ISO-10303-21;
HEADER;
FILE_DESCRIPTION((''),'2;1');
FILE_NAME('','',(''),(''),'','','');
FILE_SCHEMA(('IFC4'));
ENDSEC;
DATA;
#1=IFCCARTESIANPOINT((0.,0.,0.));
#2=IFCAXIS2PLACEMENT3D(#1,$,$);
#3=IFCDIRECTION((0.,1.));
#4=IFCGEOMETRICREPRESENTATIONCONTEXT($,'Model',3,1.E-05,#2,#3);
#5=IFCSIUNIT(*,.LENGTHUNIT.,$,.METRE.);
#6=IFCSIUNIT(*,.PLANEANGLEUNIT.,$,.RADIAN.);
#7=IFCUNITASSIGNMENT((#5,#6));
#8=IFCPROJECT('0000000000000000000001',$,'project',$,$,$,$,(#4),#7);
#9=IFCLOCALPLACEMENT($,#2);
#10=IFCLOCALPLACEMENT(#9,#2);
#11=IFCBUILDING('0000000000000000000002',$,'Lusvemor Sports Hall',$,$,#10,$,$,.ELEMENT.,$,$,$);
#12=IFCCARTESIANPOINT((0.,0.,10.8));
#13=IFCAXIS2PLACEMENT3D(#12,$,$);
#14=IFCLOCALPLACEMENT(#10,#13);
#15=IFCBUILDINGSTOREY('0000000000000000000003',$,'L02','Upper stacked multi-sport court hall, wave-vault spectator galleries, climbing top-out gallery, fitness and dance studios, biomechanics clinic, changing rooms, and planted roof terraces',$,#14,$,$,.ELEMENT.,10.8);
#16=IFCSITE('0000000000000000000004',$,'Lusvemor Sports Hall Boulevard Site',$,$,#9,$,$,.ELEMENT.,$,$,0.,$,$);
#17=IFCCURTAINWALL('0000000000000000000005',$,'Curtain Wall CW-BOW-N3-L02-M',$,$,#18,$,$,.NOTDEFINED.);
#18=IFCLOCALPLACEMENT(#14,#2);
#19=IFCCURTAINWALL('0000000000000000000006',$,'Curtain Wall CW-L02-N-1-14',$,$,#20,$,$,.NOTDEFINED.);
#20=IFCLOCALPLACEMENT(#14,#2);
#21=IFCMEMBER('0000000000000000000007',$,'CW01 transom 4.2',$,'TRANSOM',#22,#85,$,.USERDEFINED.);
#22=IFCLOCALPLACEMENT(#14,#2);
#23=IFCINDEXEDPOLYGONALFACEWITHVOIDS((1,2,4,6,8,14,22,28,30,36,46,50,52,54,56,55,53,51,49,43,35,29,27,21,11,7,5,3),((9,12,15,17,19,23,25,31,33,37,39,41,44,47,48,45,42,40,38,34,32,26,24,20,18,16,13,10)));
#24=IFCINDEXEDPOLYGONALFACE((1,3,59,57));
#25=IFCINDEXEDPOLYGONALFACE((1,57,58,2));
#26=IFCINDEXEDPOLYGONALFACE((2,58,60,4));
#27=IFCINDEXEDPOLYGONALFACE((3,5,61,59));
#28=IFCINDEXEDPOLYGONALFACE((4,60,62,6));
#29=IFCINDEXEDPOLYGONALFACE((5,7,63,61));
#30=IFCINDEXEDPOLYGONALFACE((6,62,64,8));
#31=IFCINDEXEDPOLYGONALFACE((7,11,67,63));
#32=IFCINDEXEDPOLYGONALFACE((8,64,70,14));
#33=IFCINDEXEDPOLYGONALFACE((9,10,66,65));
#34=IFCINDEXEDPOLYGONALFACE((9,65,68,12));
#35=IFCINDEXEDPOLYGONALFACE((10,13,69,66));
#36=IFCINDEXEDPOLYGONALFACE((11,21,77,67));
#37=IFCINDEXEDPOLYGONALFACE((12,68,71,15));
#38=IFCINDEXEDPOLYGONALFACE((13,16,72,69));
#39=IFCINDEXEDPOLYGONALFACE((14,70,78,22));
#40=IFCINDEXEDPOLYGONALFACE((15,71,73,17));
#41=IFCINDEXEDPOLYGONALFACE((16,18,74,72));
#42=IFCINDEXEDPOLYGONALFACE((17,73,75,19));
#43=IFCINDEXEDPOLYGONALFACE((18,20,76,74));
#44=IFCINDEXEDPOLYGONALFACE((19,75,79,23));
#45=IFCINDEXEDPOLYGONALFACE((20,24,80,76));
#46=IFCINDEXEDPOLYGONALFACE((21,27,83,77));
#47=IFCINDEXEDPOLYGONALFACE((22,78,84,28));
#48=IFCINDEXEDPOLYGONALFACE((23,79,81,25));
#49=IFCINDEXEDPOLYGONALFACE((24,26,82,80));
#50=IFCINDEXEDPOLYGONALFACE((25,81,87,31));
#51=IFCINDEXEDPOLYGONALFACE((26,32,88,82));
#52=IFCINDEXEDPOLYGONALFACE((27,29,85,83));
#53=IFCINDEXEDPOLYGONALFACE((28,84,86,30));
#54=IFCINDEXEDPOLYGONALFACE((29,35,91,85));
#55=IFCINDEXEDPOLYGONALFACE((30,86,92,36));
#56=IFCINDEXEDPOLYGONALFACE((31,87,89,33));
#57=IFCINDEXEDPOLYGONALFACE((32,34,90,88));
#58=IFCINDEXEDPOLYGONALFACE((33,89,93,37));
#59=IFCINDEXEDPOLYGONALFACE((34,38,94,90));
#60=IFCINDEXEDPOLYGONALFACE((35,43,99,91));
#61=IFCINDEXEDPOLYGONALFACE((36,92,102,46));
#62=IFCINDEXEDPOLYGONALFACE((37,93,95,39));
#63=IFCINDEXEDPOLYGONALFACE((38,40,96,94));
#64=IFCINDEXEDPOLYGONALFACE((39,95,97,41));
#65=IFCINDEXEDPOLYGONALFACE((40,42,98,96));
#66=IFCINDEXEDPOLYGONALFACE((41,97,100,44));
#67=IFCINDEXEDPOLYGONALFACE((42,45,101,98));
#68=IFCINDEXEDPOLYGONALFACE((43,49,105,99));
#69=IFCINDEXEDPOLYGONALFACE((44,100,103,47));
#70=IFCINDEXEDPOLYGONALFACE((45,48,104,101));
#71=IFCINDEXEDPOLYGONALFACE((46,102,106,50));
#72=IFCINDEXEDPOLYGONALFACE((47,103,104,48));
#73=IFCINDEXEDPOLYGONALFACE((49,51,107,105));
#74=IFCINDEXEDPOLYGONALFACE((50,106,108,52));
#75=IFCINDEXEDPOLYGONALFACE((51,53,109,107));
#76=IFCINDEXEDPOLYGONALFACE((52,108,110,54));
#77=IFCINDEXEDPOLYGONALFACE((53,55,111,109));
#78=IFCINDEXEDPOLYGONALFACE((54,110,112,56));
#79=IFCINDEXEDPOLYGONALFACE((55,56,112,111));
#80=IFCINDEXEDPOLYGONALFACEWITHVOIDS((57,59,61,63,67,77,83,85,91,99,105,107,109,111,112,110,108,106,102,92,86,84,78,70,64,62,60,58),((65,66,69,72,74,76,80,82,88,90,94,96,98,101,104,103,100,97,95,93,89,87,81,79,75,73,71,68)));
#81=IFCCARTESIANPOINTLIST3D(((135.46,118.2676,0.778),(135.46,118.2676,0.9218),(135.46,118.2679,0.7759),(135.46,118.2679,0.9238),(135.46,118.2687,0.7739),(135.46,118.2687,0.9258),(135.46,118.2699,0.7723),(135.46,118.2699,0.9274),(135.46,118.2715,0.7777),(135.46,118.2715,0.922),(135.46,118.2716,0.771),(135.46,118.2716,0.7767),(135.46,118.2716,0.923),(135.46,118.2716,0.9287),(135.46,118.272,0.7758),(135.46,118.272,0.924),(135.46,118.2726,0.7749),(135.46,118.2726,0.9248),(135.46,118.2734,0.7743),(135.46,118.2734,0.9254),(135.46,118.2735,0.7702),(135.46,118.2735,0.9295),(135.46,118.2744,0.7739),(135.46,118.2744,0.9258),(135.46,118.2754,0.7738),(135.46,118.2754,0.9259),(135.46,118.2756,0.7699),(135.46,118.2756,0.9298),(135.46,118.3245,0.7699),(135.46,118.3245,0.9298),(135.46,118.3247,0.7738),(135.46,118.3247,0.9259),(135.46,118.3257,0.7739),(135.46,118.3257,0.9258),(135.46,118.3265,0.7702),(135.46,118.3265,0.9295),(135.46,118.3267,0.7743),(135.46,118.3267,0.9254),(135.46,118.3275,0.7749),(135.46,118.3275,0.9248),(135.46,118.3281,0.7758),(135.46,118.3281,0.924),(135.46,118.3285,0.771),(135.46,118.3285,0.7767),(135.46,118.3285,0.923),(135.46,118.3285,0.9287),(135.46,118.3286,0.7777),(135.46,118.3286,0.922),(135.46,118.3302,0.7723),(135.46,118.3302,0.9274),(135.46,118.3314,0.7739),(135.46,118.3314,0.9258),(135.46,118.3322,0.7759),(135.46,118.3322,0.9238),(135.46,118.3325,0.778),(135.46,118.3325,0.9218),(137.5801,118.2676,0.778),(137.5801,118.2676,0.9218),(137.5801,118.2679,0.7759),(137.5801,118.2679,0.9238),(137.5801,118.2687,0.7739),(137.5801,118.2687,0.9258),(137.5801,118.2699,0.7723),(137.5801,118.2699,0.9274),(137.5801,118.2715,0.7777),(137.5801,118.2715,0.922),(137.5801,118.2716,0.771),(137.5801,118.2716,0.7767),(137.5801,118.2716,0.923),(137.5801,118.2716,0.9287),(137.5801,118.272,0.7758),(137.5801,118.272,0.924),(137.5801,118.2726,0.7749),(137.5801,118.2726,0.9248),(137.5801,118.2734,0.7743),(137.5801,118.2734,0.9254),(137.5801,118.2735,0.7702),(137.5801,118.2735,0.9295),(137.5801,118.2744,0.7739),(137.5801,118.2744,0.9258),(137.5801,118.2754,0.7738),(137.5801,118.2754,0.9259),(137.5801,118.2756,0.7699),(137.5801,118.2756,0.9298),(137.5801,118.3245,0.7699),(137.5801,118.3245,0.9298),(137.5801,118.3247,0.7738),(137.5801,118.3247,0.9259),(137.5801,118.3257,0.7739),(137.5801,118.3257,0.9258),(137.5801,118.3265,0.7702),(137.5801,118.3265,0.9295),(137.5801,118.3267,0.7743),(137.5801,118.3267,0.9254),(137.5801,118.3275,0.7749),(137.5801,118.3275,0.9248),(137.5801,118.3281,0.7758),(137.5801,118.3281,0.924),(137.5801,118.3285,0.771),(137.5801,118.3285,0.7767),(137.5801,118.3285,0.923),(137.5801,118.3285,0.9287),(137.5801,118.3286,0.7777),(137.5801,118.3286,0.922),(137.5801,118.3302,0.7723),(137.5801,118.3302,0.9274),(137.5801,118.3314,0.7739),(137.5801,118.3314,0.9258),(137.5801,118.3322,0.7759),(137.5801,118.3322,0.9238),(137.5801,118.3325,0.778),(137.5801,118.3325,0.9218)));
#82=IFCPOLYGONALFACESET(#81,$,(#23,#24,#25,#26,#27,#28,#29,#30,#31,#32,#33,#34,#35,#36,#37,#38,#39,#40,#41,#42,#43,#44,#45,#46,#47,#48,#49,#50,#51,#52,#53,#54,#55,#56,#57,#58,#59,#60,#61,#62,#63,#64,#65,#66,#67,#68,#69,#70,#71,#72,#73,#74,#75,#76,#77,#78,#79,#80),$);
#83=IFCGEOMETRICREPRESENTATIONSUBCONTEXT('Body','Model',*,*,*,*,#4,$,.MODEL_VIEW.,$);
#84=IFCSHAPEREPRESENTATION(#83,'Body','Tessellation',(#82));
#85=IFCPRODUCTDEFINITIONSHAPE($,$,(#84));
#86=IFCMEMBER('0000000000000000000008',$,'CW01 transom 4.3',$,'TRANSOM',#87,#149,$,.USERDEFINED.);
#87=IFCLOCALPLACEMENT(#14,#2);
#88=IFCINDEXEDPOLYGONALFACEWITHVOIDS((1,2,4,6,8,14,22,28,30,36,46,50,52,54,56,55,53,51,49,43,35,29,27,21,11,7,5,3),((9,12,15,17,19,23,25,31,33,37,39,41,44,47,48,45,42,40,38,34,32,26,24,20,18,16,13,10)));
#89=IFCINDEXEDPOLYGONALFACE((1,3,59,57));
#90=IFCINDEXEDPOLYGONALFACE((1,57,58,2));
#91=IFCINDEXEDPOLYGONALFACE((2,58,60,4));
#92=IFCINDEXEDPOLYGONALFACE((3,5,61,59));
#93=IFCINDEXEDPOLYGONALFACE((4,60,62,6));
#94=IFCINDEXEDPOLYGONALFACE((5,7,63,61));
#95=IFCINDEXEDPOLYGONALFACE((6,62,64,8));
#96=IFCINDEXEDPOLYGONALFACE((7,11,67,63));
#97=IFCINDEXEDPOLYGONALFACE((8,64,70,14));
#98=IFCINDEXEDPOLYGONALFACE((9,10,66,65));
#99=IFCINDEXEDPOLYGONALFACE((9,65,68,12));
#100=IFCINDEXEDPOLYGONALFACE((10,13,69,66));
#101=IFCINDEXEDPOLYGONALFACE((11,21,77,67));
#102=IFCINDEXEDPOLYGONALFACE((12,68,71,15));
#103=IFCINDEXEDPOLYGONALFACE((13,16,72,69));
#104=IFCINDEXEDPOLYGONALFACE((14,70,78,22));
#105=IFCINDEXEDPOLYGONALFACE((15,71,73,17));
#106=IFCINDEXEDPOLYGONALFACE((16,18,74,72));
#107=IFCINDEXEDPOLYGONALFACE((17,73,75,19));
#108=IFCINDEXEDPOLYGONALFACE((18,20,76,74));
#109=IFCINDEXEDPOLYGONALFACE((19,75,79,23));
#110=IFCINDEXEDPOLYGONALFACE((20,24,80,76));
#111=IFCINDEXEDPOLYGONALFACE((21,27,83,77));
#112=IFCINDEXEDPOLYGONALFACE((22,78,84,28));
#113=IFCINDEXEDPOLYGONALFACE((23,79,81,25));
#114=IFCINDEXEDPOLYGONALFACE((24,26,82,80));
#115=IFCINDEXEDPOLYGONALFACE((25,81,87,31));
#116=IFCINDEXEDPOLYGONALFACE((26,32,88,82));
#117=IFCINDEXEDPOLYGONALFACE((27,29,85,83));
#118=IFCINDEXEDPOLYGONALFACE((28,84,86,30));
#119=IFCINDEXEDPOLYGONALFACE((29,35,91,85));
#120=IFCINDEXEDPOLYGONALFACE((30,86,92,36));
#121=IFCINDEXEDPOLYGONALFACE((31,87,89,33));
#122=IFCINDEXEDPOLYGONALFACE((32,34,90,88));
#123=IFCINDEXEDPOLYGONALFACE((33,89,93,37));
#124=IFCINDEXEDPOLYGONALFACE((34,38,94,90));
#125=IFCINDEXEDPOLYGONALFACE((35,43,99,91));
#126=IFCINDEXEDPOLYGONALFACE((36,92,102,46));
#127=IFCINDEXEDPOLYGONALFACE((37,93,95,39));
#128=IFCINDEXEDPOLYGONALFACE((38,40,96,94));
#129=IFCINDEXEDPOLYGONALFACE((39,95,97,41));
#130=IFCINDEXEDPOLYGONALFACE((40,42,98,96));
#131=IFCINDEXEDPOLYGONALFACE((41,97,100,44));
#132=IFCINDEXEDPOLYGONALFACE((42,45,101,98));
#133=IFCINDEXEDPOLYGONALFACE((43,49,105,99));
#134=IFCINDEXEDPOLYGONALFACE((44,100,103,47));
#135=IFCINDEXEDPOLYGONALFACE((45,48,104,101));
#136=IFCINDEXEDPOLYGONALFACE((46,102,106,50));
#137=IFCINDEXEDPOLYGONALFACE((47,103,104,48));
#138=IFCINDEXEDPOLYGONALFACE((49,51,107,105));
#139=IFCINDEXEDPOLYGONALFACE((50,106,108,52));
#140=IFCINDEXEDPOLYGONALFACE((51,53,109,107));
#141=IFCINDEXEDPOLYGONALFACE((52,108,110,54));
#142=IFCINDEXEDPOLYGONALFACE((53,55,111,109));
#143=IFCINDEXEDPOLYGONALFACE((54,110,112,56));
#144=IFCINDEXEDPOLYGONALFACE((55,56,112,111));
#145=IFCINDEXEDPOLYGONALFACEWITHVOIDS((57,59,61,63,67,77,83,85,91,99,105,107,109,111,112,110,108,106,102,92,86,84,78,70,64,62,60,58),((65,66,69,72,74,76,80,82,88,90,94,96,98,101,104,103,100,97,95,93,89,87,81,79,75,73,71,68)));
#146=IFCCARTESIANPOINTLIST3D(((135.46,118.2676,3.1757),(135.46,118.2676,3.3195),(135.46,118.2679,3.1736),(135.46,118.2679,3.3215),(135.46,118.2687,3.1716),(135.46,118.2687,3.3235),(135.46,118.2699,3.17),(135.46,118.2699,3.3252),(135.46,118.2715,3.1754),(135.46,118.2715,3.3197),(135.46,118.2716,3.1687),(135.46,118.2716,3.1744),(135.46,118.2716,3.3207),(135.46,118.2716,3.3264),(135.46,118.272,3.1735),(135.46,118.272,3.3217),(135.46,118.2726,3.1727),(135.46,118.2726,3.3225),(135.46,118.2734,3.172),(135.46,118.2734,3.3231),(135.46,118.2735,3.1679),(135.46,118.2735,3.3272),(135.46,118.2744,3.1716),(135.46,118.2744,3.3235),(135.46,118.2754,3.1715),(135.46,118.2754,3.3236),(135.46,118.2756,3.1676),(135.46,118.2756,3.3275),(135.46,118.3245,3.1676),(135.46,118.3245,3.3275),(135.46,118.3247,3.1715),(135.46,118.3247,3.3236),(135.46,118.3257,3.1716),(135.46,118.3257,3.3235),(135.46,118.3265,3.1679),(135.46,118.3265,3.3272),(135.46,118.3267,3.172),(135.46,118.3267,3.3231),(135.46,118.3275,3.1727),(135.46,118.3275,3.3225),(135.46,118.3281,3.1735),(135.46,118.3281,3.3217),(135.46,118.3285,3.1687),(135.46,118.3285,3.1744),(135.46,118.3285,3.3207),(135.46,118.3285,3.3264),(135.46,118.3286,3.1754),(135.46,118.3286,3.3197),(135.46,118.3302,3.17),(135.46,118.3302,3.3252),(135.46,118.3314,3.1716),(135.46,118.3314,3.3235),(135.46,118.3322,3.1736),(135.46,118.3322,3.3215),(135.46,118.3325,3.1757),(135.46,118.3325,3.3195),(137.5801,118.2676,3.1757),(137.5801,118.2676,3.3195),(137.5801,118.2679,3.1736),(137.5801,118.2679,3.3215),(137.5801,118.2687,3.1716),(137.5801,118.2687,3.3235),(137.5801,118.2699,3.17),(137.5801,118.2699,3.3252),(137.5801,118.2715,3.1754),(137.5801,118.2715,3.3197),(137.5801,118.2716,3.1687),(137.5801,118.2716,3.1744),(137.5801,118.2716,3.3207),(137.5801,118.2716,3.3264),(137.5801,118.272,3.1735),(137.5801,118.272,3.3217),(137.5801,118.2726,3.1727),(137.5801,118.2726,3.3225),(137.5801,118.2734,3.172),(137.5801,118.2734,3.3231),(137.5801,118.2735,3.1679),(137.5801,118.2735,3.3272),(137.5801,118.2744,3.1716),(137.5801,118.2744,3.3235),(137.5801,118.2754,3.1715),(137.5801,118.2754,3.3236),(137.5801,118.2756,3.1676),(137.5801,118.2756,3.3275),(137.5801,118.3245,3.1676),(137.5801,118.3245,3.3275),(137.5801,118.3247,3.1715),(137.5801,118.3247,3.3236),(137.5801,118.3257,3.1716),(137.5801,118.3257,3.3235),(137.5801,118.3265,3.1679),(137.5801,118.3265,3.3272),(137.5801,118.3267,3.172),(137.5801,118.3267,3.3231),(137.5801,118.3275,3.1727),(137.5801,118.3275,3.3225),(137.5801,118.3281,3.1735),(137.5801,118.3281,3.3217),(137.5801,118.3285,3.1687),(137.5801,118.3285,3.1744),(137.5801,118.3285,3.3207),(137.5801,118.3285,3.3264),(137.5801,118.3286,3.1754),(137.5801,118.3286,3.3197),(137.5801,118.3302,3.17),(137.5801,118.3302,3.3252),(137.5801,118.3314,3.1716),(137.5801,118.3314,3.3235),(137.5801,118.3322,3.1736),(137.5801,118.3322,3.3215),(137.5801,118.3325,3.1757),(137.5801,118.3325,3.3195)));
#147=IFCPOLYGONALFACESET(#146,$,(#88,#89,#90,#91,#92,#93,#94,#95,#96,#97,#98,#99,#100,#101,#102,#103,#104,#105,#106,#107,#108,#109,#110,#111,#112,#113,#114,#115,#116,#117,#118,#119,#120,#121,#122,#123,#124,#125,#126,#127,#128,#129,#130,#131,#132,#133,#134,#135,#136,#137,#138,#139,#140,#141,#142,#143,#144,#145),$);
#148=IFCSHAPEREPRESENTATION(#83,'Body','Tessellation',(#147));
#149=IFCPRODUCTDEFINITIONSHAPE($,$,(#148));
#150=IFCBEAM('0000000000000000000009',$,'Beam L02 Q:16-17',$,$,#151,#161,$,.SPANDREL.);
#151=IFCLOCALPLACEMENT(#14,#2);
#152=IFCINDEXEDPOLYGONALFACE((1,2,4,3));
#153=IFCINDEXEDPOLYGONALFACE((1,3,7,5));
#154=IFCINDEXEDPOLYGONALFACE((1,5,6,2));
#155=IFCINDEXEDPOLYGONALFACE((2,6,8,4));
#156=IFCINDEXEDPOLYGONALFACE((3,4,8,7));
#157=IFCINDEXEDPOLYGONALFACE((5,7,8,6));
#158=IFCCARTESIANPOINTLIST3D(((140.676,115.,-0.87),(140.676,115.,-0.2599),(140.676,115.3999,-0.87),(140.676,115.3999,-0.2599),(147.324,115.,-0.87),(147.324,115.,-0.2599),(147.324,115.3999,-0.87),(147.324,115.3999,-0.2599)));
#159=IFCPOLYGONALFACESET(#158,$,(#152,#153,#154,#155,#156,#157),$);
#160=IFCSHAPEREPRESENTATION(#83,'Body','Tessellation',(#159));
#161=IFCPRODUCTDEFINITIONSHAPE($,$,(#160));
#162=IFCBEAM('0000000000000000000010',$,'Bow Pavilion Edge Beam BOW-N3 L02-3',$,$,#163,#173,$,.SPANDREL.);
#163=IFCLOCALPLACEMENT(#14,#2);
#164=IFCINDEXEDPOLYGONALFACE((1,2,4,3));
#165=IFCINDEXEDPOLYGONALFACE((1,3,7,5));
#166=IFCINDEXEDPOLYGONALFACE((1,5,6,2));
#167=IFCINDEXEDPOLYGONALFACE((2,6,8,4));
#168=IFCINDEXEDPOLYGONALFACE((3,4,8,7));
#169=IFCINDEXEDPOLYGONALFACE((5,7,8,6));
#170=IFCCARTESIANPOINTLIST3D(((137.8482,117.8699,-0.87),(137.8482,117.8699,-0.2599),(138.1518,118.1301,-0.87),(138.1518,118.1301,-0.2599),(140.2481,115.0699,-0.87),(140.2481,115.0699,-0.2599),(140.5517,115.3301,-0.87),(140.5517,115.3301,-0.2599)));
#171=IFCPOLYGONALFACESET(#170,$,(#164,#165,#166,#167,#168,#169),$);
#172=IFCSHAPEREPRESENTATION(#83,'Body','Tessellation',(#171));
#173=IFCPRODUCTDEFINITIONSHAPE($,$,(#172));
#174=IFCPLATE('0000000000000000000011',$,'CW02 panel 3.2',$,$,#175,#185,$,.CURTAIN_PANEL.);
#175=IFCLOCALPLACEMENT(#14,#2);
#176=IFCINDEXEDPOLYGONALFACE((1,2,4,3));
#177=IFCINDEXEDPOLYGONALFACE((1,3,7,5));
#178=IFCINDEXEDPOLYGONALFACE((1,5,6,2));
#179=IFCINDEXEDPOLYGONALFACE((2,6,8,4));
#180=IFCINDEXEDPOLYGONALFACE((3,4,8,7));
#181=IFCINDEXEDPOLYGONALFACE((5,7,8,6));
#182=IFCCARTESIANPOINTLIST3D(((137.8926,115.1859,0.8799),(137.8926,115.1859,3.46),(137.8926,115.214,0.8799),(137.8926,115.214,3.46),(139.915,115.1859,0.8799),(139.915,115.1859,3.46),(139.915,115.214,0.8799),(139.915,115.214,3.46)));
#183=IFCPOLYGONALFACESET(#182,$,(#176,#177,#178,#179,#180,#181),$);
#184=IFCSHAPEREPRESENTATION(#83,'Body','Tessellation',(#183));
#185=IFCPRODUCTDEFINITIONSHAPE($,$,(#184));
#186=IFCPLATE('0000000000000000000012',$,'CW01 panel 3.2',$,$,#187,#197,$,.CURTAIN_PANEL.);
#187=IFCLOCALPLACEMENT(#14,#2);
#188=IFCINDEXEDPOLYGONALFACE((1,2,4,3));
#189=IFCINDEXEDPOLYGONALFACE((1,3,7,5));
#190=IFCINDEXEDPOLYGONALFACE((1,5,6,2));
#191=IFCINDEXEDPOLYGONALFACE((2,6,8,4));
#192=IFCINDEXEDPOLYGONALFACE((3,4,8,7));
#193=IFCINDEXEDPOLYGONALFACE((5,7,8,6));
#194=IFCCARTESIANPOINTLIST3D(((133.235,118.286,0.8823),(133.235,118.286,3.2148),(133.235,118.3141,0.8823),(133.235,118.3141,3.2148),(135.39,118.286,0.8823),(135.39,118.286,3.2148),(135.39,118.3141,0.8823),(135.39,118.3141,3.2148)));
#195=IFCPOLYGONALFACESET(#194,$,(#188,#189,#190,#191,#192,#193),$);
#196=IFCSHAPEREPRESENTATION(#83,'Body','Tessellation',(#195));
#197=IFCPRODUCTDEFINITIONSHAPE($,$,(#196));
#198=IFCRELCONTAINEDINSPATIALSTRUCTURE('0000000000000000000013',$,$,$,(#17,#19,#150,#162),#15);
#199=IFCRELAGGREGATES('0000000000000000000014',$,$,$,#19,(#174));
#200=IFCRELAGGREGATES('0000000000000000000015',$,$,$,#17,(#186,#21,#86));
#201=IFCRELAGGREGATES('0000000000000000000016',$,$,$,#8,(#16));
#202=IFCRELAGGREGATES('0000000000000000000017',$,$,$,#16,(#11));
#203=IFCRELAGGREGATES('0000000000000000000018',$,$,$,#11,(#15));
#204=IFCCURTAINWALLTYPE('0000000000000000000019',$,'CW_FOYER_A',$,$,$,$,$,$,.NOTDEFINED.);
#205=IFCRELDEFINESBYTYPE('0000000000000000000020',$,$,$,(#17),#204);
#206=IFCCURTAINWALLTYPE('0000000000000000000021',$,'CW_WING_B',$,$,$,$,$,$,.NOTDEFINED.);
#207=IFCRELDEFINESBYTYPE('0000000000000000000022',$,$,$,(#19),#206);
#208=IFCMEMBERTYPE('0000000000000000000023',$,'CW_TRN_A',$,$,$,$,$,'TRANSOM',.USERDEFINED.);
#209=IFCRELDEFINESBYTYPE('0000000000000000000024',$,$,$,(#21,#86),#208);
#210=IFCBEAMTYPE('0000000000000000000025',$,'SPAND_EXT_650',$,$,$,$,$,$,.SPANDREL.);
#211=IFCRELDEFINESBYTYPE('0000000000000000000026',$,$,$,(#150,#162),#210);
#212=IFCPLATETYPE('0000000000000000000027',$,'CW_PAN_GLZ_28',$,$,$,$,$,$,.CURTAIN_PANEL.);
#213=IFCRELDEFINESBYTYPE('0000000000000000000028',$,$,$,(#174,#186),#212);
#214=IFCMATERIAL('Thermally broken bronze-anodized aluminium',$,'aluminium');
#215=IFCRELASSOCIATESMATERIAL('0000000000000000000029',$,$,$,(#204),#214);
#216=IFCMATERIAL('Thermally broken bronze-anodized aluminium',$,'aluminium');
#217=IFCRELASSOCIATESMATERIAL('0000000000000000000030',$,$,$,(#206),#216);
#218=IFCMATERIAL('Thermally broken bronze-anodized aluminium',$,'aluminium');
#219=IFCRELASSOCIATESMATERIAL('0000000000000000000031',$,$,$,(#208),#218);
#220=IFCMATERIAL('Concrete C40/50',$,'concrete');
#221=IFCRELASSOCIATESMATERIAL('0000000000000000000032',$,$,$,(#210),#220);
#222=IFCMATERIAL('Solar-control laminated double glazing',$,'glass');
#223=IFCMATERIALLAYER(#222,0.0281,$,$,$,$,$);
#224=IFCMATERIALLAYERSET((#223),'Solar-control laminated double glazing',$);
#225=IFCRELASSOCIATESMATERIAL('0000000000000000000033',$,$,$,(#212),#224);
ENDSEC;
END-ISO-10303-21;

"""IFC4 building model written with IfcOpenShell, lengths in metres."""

from ifc_helpers import new_model, si_unit, direction, frame, origin, origin_2d, place, context, subcontext, project, spatial, rectangle, hollow_rectangle, extrude, material, layer, layer_set, material_profile, profile_set, type_object, element, aggregate, save


model = new_model("IFC4")

# Units and contexts
model_context = context("Model", 3, precision=1e-05, world=origin(), true_north=direction((0.0, 1.0)))
body_context = subcontext(model_context, "Body", "Model", "MODEL_VIEW")
ifc_project = project(units=[si_unit("LENGTHUNIT", "METRE"), si_unit("PLANEANGLEUNIT", "RADIAN")], contexts=[model_context])

# Site, building, storey
site_placement = place(None, origin())
site = spatial("IfcSite", under=ifc_project, at=site_placement, Name="Lusvemor Sports Hall Boulevard Site", CompositionType="ELEMENT", RefElevation=0.0)
building_placement = place(site_placement, origin())
building = spatial("IfcBuilding", under=site, at=building_placement, Name="Lusvemor Sports Hall", CompositionType="ELEMENT")
storey_placement = place(building_placement, frame((0.0, 0.0, 10.8)))
storey = spatial("IfcBuildingStorey", under=building, at=storey_placement, Name="L02", Description="Upper stacked multi-sport court hall, wave-vault spectator galleries, climbing top-out gallery, fitness and dance studios, biomechanics clinic, changing rooms, and planted roof terraces", CompositionType="ELEMENT", Elevation=10.8)

# Curtain wall
ifc_material_1 = material(Name="Thermally broken bronze-anodized aluminium", Category="aluminium")
curtain_wall_type_1 = type_object("IfcCurtainWallType", Name="CW_FOYER_A", PredefinedType="NOTDEFINED", material=ifc_material_1)
curtain_wall_1_placement = place(storey_placement, origin())
curtain_wall_1 = element("IfcCurtainWall", 1, at=curtain_wall_1_placement, inside=storey, type_object=curtain_wall_type_1, Name="Curtain Wall CW-BOW-N3-L02-M", PredefinedType="NOTDEFINED")

# Curtain wall
ifc_material_2 = material(Name="Thermally broken bronze-anodized aluminium", Category="aluminium")
curtain_wall_type_2 = type_object("IfcCurtainWallType", Name="CW_WING_B", PredefinedType="NOTDEFINED", material=ifc_material_2)
curtain_wall_2_placement = place(storey_placement, origin())
curtain_wall_2 = element("IfcCurtainWall", 2, at=curtain_wall_2_placement, inside=storey, type_object=curtain_wall_type_2, Name="Curtain Wall CW-L02-N-1-14", PredefinedType="NOTDEFINED")

# Members
ifc_material_3 = material(Name="Thermally broken bronze-anodized aluminium", Category="aluminium")
ifc_material_profile_1 = material_profile(ifc_material_3, hollow_rectangle(XDim=0.0649, YDim=0.1599, WallThickness=0.0039, InnerFilletRadius=0.0039, OuterFilletRadius=0.0081, at=origin_2d()), Name="CWTRN160x65x4")
ifc_profile_set_1 = profile_set([ifc_material_profile_1], Name="Thermally broken bronze-anodized aluminium")
member_type_1 = type_object("IfcMemberType", Name="CW_TRN_A", ElementType="TRANSOM", PredefinedType="USERDEFINED", material=ifc_profile_set_1)
member_1_placement = place(storey_placement, frame((135.46, 118.3, 0.8499), z_axis=(1.0, 0.0, 0.0), x_axis=(0.0, 1.0, 0.0)))
member_1 = element("IfcMember", 3, at=member_1_placement, type_object=member_type_1, Name="CW01 transom 4.2", ObjectType="TRANSOM", PredefinedType="USERDEFINED", context=body_context, shape_type="SweptSolid", body=[
    extrude(hollow_rectangle(XDim=0.0649, YDim=0.1599, WallThickness=0.0039, InnerFilletRadius=0.0039, OuterFilletRadius=0.0081, at=origin_2d()), origin(), (0.0, 0.0, 1.0), 2.1201),
])
member_2_placement = place(storey_placement, frame((135.46, 118.3, 3.2476), z_axis=(1.0, 0.0, 0.0), x_axis=(0.0, 1.0, 0.0)))
member_2 = element("IfcMember", 4, at=member_2_placement, type_object=member_type_1, Name="CW01 transom 4.3", ObjectType="TRANSOM", PredefinedType="USERDEFINED", context=body_context, shape_type="SweptSolid", body=[
    extrude(hollow_rectangle(XDim=0.0649, YDim=0.1599, WallThickness=0.0039, InnerFilletRadius=0.0039, OuterFilletRadius=0.0081, at=origin_2d()), origin(), (0.0, 0.0, 1.0), 2.1201),
])

# Beams
ifc_material_4 = material(Name="Concrete C40/50", Category="concrete")
ifc_material_profile_2 = material_profile(ifc_material_4, rectangle(XDim=0.3999, YDim=0.6101, at=origin_2d()), Name="RC400x610")
ifc_profile_set_2 = profile_set([ifc_material_profile_2], Name="Concrete C40/50")
beam_type = type_object("IfcBeamType", Name="SPAND_EXT_650", PredefinedType="SPANDREL", material=ifc_profile_set_2)
beam_1_placement = place(storey_placement, frame((140.676, 115.2, -0.5649), z_axis=(1.0, 0.0, 0.0), x_axis=(0.0, 1.0, 0.0)))
element("IfcBeam", 5, at=beam_1_placement, inside=storey, type_object=beam_type, Name="Beam L02 Q:16-17", PredefinedType="SPANDREL", context=body_context, shape_type="SweptSolid", body=[
    extrude(rectangle(XDim=0.3999, YDim=0.6101, at=origin_2d()), origin(), (0.0, 0.0, 1.0), 6.6479),
])
beam_2_placement = place(storey_placement, frame((138.0, 118.0, -0.5649), z_axis=(0.65077, -0.759275, 0.0), x_axis=(0.759275, 0.65077, 0.0)))
element("IfcBeam", 6, at=beam_2_placement, inside=storey, type_object=beam_type, Name="Bow Pavilion Edge Beam BOW-N3 L02-3", PredefinedType="SPANDREL", context=body_context, shape_type="SweptSolid", body=[
    extrude(rectangle(XDim=0.3999, YDim=0.6101, at=origin_2d()), origin(), (0.0, 0.0, 1.0), 3.6877),
])

# Plates
ifc_material_5 = material(Name="Solar-control laminated double glazing", Category="glass")
ifc_layer_1 = layer(ifc_material_5, 0.0281)
ifc_layer_set_1 = layer_set([ifc_layer_1], Name="Solar-control laminated double glazing")
plate_type_1 = type_object("IfcPlateType", Name="CW_PAN_GLZ_28", PredefinedType="CURTAIN_PANEL", material=ifc_layer_set_1)
plate_1_placement = place(storey_placement, frame((138.9038, 115.2, 0.8799), z_axis=(0.0, 0.0, 1.0), x_axis=(1.0, 0.0, 0.0)))
plate_1 = element("IfcPlate", 7, at=plate_1_placement, type_object=plate_type_1, Name="CW02 panel 3.2", PredefinedType="CURTAIN_PANEL", context=body_context, shape_type="SweptSolid", body=[
    extrude(rectangle(XDim=2.0225, YDim=0.0281, at=origin_2d()), origin(), (0.0, 0.0, 1.0), 2.5801),
])
aggregate(curtain_wall_2, [plate_1])
plate_2_placement = place(storey_placement, frame((134.3125, 118.3, 0.8823), z_axis=(0.0, 0.0, 1.0), x_axis=(1.0, 0.0, 0.0)))
plate_2 = element("IfcPlate", 8, at=plate_2_placement, type_object=plate_type_1, Name="CW01 panel 3.2", PredefinedType="CURTAIN_PANEL", context=body_context, shape_type="SweptSolid", body=[
    extrude(rectangle(XDim=2.155, YDim=0.0281, at=origin_2d()), origin(), (0.0, 0.0, 1.0), 2.3325),
])
aggregate(curtain_wall_1, [plate_2, member_1, member_2])

save(model, "model.ifc")
